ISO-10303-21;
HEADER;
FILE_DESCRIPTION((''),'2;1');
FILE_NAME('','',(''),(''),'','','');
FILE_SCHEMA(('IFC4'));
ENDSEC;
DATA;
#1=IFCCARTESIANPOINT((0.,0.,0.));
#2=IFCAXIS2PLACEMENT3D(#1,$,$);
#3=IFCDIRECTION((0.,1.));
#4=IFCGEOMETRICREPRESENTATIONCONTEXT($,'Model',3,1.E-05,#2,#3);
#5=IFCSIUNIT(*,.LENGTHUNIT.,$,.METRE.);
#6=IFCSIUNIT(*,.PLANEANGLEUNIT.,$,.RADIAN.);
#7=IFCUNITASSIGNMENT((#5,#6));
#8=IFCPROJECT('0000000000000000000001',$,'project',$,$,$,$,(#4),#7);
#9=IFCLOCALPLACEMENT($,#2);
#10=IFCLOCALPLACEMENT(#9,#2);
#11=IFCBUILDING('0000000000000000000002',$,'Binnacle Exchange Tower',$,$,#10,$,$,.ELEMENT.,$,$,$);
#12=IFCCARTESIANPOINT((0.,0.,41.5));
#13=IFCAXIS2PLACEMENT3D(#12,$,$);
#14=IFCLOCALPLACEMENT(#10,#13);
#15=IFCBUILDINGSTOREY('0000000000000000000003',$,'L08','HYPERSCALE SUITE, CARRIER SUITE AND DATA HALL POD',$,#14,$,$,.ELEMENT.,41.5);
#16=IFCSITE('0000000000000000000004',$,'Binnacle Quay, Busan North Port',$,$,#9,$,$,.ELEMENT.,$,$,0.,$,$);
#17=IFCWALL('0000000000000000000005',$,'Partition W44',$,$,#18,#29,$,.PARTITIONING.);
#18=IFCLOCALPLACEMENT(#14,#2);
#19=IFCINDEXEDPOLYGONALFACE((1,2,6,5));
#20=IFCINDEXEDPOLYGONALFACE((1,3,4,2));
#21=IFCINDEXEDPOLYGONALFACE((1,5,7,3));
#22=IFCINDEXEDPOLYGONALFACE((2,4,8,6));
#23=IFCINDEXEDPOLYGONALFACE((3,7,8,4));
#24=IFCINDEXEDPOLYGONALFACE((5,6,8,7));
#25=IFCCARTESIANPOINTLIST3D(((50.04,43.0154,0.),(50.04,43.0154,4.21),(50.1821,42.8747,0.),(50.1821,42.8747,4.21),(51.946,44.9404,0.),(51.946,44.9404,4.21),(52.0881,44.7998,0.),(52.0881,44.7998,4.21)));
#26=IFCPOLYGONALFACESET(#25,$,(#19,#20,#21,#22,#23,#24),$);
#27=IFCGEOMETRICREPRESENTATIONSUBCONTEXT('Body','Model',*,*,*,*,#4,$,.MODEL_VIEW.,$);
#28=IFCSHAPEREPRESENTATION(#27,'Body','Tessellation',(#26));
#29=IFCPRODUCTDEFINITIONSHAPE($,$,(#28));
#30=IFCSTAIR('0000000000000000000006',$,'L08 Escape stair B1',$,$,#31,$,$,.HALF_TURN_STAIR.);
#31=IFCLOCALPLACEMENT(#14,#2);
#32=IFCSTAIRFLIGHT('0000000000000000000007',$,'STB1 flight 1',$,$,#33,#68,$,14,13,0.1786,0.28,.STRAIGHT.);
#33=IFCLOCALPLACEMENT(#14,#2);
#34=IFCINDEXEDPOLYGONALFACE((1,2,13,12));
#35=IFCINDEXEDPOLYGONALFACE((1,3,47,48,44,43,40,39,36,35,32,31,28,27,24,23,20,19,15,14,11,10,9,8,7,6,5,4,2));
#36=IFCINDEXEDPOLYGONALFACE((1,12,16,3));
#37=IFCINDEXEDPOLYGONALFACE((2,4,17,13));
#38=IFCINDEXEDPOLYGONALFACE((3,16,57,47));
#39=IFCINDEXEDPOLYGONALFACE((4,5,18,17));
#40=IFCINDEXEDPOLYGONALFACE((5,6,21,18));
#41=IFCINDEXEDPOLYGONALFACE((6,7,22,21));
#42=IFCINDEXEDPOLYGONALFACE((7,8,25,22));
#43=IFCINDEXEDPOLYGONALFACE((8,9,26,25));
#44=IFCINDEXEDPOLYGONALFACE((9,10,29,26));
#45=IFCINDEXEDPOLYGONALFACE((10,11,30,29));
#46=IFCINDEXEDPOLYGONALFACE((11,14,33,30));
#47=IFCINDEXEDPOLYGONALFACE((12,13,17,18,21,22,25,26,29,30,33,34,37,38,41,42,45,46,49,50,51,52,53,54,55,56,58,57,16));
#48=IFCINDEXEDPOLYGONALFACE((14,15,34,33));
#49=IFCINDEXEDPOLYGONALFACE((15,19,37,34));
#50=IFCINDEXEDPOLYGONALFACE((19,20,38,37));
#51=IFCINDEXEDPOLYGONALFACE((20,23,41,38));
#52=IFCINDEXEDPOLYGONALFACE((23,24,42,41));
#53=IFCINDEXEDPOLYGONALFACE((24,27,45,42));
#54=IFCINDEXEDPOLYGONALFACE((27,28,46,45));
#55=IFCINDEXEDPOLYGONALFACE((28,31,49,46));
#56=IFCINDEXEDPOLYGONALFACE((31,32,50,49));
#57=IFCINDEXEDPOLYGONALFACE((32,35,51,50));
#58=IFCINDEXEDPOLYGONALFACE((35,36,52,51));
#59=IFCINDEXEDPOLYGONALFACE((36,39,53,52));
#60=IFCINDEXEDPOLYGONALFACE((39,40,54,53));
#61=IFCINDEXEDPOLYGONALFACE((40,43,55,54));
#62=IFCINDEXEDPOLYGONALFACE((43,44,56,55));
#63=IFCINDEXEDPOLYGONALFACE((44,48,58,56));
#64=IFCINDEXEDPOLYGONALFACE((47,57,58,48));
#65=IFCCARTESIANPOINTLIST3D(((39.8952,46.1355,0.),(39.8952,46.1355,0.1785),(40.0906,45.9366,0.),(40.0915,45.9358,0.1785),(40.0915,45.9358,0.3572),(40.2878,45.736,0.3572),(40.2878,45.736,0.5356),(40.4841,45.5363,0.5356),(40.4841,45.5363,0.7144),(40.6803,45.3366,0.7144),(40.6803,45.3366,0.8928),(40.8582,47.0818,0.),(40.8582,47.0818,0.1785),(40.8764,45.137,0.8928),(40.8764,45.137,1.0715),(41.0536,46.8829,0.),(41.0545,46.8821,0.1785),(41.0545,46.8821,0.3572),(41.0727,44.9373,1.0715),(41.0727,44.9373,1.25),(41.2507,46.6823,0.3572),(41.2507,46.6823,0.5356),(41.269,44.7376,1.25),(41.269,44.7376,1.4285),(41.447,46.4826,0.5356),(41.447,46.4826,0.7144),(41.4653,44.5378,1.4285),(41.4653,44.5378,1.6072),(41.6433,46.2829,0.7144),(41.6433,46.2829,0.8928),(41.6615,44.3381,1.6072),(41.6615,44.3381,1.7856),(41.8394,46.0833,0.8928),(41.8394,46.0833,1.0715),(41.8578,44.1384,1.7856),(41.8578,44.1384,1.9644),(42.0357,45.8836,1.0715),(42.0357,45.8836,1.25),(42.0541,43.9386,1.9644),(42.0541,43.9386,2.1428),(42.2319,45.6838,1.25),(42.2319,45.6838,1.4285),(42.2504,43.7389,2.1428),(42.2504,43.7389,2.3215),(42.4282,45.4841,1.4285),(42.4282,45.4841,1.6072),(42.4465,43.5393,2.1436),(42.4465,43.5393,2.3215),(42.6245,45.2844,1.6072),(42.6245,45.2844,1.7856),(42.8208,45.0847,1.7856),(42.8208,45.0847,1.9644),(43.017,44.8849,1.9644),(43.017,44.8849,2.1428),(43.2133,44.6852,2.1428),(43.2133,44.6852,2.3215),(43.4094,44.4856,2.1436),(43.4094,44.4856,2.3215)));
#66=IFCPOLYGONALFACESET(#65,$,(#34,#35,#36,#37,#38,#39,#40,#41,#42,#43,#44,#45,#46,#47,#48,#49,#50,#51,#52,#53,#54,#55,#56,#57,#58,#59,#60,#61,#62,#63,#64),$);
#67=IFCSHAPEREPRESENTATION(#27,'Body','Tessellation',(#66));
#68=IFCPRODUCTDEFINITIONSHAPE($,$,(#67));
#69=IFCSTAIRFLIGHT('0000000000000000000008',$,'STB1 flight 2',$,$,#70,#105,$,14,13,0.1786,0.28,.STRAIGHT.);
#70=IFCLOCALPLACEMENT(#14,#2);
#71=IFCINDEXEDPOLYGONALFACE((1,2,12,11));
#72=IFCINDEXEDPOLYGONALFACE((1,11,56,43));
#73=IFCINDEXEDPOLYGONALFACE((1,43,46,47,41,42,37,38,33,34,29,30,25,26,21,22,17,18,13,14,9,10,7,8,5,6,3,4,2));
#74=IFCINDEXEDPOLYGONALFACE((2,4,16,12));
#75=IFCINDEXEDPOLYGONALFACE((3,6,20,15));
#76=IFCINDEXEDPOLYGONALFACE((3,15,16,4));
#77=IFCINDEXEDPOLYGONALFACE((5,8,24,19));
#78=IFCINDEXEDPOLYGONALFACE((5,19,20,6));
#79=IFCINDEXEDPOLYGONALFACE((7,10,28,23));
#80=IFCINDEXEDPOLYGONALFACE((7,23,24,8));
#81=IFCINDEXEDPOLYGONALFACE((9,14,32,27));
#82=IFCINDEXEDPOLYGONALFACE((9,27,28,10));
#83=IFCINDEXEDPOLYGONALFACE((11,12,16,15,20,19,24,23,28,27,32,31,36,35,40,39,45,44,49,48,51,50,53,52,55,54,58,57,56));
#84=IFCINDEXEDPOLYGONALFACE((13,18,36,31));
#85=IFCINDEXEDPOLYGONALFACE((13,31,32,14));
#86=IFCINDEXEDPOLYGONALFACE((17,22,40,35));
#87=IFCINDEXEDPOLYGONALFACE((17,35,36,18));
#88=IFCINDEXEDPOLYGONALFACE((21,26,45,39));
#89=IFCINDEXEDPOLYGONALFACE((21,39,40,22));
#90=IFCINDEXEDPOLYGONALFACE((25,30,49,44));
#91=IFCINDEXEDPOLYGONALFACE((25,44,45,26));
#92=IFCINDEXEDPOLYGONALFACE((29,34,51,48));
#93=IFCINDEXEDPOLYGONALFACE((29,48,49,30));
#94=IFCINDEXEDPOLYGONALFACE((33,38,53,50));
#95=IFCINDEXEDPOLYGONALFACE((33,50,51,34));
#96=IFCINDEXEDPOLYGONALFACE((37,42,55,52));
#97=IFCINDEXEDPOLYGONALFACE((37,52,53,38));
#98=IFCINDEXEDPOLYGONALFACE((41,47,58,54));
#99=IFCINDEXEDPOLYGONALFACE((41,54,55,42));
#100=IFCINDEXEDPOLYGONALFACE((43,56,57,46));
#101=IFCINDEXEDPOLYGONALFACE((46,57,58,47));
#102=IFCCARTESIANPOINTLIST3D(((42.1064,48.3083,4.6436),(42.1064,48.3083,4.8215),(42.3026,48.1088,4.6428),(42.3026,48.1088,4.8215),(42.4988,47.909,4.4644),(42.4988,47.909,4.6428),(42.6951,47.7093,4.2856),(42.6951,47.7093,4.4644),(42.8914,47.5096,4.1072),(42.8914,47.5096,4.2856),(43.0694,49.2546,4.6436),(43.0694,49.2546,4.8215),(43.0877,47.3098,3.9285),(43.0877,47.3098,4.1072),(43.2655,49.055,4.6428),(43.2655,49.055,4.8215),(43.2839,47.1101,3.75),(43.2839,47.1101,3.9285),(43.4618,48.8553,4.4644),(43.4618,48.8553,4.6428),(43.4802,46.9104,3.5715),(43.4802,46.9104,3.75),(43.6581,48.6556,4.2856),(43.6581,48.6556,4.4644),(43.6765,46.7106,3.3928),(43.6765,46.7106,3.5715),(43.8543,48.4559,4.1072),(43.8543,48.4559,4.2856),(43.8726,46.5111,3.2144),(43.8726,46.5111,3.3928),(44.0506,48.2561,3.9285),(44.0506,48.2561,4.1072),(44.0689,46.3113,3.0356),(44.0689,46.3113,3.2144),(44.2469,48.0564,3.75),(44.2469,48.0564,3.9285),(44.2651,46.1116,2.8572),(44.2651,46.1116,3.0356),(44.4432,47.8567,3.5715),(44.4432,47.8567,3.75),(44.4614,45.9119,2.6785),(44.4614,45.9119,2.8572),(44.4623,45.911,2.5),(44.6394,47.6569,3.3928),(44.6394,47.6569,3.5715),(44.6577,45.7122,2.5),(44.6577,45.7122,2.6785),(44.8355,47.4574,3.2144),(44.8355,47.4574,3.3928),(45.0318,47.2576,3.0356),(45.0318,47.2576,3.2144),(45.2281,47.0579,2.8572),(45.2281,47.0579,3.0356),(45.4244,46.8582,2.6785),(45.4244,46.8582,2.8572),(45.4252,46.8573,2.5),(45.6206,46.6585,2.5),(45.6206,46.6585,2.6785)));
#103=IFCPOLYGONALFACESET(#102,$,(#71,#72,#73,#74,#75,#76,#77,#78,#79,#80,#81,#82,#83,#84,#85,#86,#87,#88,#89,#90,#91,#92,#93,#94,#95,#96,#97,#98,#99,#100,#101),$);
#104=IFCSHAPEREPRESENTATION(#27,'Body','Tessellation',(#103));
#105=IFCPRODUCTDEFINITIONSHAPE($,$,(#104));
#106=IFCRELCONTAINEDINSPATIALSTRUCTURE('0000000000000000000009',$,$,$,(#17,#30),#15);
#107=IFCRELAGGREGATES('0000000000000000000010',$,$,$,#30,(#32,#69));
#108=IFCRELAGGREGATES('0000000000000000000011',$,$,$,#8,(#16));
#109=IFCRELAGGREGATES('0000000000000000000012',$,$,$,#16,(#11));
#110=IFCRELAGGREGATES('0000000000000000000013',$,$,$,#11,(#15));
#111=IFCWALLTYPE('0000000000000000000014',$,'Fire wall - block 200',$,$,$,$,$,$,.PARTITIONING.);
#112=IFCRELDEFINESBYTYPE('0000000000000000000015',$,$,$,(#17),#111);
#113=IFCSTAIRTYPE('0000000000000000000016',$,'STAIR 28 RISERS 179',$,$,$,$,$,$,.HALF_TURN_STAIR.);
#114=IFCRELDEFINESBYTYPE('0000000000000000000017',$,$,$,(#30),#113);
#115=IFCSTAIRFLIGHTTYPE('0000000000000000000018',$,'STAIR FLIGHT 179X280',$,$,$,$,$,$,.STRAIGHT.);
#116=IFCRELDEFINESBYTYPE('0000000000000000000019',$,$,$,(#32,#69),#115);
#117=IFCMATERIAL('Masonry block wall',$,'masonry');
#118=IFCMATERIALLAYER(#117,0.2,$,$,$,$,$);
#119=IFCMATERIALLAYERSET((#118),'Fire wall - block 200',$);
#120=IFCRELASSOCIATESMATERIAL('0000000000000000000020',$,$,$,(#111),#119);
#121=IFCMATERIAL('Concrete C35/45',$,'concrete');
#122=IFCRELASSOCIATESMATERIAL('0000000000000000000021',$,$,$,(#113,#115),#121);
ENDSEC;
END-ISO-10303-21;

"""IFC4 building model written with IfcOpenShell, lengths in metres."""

from ifc_helpers import new_model, si_unit, direction, frame, frame_2d, origin, place, context, subcontext, project, spatial, polyline, rectangle, outline, extrude, material, layer, layer_set, type_object, element, aggregate, save


model = new_model("IFC4")

# Units and contexts
model_context = context("Model", 3, precision=1e-05, world=origin(), true_north=direction((0.0, 1.0)))
body_context = subcontext(model_context, "Body", "Model", "MODEL_VIEW")
ifc_project = project(units=[si_unit("LENGTHUNIT", "METRE"), si_unit("PLANEANGLEUNIT", "RADIAN")], contexts=[model_context])

# Site, building, storey
site_placement = place(None, origin())
site = spatial("IfcSite", under=ifc_project, at=site_placement, Name="Binnacle Quay, Busan North Port", CompositionType="ELEMENT", RefElevation=0.0)
building_placement = place(site_placement, origin())
building = spatial("IfcBuilding", under=site, at=building_placement, Name="Binnacle Exchange Tower", CompositionType="ELEMENT")
storey_placement = place(building_placement, frame((0.0, 0.0, 41.5)))
storey = spatial("IfcBuildingStorey", under=building, at=storey_placement, Name="L08", Description="HYPERSCALE SUITE, CARRIER SUITE AND DATA HALL POD", CompositionType="ELEMENT", Elevation=41.5)

# Wall
ifc_material_1 = material(Name="Masonry block wall", Category="masonry")
ifc_layer_1 = layer(ifc_material_1, 0.2)
ifc_layer_set_1 = layer_set([ifc_layer_1], Name="Fire wall - block 200")
wall_type_1 = type_object("IfcWallType", Name="Fire wall - block 200", PredefinedType="PARTITIONING", material=ifc_layer_set_1)
wall_1_placement = place(storey_placement, frame((50.1111, 42.9451, 0.0), z_axis=(0.0, 0.0, 1.0), x_axis=(0.703583, 0.710613, 0.0)))
element("IfcWall", 1, at=wall_1_placement, inside=storey, type_object=wall_type_1, Name="Partition W44", PredefinedType="PARTITIONING", context=body_context, shape_type="SweptSolid", body=[
    extrude(rectangle(XDim=2.709, YDim=0.2, at=frame_2d((1.3545, 0.0))), origin(), (0.0, 0.0, 1.0), 4.21),
])

# Stair, stair flights
ifc_material_2 = material(Name="Concrete C35/45", Category="concrete")
stair_type = type_object("IfcStairType", Name="STAIR 28 RISERS 179", PredefinedType="HALF_TURN_STAIR", material=ifc_material_2)
stair_placement = place(storey_placement, origin())
stair = element("IfcStair", 2, at=stair_placement, inside=storey, type_object=stair_type, Name="L08 Escape stair B1", PredefinedType="HALF_TURN_STAIR")
stair_flight_type = type_object("IfcStairFlightType", Name="STAIR FLIGHT 179X280", PredefinedType="STRAIGHT", material=ifc_material_2)
stair_flight_1_placement = place(storey_placement, frame((40.3767, 46.6086, 0.0), z_axis=(0.0, 0.0, 1.0), x_axis=(0.700909, -0.71325, 0.0)))
stair_flight_1 = element("IfcStairFlight", 3, at=stair_flight_1_placement, type_object=stair_flight_type, Name="STB1 flight 1", NumberOfRisers=14, NumberOfTreads=13, PredefinedType="STRAIGHT", RiserHeight=0.1786, TreadLength=0.28, context=body_context, shape_type="SweptSolid", body=[
    extrude(outline(polyline([(0.0, 0.0), (0.0, 0.1785), (0.28, 0.1785), (0.28, 0.3572), (0.5601, 0.3572), (0.5601, 0.5356), (0.8401, 0.5356), (0.8401, 0.7144), (1.1201, 0.7144), (1.1201, 0.8928), (1.3999, 0.8928), (1.3999, 1.0715), (1.6799, 1.0715), (1.6799, 1.25), (1.96, 1.25), (1.96, 1.4285), (2.24, 1.4285), (2.24, 1.6072), (2.52, 1.6072), (2.52, 1.7856), (2.8, 1.7856), (2.8, 1.9644), (3.0801, 1.9644), (3.0801, 2.1428), (3.3601, 2.1428), (3.3601, 2.3215), (3.6399, 2.3215), (3.6399, 2.5), (3.6399, 2.1436), (0.2788, 0.0), (0.0, 0.0)])), frame((0.0, 0.675, 0.0), z_axis=(0.0, -1.0, 0.0), x_axis=(1.0, 0.0, 0.0)), (0.0, 0.0, 1.0), 1.3501),
])
stair_flight_2_placement = place(storey_placement, frame((45.1392, 46.1853, 2.5), z_axis=(0.0, 0.0, 1.0), x_axis=(-0.700909, 0.71325, 0.0)))
stair_flight_2 = element("IfcStairFlight", 4, at=stair_flight_2_placement, type_object=stair_flight_type, Name="STB1 flight 2", NumberOfRisers=14, NumberOfTreads=13, PredefinedType="STRAIGHT", RiserHeight=0.1786, TreadLength=0.28, context=body_context, shape_type="SweptSolid", body=[
    extrude(outline(polyline([(0.0, 0.0), (0.0, 0.1785), (0.28, 0.1785), (0.28, 0.3572), (0.5601, 0.3572), (0.5601, 0.5356), (0.8401, 0.5356), (0.8401, 0.7144), (1.1201, 0.7144), (1.1201, 0.8928), (1.3999, 0.8928), (1.3999, 1.0715), (1.6799, 1.0715), (1.6799, 1.25), (1.96, 1.25), (1.96, 1.4285), (2.24, 1.4285), (2.24, 1.6072), (2.52, 1.6072), (2.52, 1.7856), (2.8, 1.7856), (2.8, 1.9644), (3.0801, 1.9644), (3.0801, 2.1428), (3.3601, 2.1428), (3.3601, 2.3215), (3.6399, 2.3215), (3.6399, 2.5), (3.6399, 2.1436), (0.2788, 0.0), (0.0, 0.0)])), frame((0.0, 0.675, 0.0), z_axis=(0.0, -1.0, 0.0), x_axis=(1.0, 0.0, 0.0)), (0.0, 0.0, 1.0), 1.3501),
])
aggregate(stair, [stair_flight_1, stair_flight_2])

save(model, "model.ifc")
